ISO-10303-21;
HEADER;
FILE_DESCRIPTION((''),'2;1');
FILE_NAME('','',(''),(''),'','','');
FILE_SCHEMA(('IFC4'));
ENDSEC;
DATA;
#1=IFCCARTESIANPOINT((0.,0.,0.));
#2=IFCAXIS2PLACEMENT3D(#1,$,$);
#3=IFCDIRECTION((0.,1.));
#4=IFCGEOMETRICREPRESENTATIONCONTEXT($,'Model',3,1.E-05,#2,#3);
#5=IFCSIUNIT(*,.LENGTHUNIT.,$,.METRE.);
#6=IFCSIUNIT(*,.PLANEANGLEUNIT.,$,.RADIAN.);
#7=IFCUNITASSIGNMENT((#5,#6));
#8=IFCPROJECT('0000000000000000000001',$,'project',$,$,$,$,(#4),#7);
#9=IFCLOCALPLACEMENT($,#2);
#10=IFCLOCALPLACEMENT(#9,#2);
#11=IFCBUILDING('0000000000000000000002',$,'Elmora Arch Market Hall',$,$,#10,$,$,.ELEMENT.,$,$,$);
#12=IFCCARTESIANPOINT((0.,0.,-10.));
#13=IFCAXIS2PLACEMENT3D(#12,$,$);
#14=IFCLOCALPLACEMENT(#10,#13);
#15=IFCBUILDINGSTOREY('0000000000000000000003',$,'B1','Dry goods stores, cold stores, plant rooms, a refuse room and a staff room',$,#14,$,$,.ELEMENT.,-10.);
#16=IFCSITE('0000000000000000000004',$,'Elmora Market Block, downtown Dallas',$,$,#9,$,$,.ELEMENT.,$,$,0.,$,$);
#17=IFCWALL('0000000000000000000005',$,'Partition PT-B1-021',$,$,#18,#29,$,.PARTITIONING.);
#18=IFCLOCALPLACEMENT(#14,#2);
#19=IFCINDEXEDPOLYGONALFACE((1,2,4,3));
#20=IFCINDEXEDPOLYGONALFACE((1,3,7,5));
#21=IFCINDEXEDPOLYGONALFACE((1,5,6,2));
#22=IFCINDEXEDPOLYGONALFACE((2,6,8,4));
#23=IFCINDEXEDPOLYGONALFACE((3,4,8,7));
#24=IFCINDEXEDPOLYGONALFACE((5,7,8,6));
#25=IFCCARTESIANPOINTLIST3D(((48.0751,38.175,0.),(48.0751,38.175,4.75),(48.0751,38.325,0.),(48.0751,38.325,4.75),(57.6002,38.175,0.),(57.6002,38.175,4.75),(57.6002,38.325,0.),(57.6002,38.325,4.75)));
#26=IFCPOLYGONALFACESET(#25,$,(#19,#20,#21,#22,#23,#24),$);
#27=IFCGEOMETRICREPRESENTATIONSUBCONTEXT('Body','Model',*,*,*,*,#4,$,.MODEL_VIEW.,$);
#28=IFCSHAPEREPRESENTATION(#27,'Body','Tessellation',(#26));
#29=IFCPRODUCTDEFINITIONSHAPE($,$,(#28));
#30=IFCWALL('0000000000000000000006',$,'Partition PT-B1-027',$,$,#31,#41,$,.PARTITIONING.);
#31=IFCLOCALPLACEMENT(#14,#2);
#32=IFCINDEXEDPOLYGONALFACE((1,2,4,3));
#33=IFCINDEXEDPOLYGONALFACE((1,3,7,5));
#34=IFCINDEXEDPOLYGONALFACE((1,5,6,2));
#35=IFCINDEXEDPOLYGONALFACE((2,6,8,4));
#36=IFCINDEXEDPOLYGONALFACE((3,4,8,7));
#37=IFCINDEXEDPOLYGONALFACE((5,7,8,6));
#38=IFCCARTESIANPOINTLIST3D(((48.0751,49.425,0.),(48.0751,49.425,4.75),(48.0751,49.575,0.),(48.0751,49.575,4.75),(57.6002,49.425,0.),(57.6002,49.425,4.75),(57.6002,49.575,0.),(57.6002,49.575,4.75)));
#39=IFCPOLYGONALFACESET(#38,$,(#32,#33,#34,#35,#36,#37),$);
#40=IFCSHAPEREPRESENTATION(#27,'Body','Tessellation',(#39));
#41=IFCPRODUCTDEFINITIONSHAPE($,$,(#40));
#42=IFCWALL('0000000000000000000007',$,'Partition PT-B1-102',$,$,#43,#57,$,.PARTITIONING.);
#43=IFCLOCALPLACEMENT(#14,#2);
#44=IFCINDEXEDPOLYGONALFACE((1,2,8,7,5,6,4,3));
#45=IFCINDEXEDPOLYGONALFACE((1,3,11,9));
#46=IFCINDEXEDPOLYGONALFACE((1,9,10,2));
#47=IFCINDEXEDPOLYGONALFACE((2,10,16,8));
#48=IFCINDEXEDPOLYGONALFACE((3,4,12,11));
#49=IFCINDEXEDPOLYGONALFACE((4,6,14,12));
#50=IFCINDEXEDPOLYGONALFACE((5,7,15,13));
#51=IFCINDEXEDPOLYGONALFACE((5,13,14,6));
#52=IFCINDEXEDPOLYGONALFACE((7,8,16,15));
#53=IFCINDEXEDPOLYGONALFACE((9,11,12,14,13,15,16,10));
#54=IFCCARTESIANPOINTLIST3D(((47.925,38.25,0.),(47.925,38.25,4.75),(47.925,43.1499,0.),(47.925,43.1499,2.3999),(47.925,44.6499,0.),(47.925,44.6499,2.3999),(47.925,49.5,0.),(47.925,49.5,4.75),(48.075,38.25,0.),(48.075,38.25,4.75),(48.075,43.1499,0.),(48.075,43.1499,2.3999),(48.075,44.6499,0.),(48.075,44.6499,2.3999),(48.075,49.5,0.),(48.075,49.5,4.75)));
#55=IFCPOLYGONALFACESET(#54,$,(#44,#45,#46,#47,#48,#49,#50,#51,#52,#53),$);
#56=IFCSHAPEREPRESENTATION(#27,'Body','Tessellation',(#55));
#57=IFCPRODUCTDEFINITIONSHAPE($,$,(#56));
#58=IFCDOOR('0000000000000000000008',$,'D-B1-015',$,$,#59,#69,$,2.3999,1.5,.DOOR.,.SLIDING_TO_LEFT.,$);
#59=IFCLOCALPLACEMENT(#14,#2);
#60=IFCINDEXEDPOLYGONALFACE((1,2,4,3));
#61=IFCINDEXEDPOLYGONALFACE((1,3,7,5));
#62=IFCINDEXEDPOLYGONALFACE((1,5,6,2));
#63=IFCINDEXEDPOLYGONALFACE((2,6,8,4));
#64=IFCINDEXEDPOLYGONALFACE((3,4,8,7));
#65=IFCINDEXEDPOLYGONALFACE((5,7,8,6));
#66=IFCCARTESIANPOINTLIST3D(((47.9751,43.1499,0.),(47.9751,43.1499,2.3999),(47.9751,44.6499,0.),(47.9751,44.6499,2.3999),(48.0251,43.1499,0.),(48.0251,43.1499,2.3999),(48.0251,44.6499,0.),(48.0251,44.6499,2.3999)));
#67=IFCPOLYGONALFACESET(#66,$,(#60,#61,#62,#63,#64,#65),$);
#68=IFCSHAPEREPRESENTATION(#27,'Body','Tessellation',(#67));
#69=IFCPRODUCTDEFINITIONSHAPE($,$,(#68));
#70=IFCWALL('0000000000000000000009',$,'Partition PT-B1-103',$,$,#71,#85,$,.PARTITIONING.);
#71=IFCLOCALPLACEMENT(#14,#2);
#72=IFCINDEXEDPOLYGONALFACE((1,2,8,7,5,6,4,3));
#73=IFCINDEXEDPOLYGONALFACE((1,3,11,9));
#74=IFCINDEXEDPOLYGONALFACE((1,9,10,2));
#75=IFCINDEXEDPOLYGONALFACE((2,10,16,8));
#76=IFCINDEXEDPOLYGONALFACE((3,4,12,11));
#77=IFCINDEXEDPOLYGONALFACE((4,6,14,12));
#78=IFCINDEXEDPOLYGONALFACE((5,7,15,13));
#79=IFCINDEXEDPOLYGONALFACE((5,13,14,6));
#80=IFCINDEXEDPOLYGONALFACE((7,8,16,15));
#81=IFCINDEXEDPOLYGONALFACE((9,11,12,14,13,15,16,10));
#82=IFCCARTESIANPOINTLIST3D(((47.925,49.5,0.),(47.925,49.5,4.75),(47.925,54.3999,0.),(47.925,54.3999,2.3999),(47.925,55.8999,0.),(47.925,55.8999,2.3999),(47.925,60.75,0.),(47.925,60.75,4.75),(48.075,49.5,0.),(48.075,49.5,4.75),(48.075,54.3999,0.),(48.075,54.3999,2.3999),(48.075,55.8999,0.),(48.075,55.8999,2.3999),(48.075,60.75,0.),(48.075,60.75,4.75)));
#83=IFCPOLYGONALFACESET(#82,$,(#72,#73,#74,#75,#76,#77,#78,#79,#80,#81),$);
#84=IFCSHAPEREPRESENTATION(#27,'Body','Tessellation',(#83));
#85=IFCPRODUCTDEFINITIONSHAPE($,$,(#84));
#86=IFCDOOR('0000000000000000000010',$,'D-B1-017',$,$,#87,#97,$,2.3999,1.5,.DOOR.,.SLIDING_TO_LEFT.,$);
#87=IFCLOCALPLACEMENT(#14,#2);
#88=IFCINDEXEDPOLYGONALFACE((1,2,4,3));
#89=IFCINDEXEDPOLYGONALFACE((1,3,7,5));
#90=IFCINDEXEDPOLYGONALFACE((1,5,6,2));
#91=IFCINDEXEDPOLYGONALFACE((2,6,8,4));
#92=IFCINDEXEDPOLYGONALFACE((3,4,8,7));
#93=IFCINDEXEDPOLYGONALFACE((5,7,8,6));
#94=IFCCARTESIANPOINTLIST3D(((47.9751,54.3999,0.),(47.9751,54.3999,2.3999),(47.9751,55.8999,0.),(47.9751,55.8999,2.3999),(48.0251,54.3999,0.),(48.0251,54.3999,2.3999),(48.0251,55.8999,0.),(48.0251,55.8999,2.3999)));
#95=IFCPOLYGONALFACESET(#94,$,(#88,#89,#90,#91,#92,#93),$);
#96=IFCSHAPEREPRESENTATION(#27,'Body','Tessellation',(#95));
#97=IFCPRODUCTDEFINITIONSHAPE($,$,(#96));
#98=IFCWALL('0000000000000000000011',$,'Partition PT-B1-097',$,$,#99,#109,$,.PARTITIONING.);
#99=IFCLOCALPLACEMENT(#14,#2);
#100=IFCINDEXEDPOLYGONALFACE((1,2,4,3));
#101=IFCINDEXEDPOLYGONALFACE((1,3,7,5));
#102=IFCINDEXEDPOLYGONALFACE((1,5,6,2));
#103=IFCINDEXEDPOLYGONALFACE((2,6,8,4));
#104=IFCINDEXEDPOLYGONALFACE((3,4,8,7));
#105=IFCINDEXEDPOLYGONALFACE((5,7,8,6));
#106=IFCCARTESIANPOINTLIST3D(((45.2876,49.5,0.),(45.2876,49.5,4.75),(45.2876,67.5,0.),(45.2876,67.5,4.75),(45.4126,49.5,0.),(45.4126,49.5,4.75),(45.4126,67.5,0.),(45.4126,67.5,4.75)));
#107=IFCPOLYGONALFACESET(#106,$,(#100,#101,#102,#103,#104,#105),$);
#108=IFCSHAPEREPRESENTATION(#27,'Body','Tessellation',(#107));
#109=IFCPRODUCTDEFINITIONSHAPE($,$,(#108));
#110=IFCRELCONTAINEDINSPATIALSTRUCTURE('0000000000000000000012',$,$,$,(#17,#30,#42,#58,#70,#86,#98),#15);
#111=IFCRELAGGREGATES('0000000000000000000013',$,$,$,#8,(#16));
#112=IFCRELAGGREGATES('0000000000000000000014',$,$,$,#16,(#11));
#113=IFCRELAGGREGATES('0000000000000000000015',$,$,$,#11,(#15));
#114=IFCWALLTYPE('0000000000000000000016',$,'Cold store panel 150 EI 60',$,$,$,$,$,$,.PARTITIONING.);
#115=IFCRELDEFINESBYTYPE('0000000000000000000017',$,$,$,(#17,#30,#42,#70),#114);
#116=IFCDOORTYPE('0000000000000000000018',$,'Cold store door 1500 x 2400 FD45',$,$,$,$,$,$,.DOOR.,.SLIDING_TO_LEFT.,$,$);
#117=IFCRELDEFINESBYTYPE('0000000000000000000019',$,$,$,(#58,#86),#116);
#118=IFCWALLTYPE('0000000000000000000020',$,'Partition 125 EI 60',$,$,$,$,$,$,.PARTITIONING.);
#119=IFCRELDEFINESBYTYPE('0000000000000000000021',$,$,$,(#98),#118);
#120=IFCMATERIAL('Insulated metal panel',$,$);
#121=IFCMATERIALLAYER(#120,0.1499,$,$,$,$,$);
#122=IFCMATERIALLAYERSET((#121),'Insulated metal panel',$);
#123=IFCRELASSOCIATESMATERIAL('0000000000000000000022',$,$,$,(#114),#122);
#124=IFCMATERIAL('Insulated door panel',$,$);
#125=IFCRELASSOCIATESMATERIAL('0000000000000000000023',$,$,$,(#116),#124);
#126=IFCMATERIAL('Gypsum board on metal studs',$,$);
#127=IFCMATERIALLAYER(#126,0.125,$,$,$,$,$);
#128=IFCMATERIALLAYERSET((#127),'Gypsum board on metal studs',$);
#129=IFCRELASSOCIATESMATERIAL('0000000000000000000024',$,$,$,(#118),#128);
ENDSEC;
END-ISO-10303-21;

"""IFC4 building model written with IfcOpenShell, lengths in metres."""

from ifc_helpers import new_model, si_unit, direction, frame, frame_2d, origin, place, context, subcontext, project, spatial, rectangle, extrude, material, layer, layer_set, type_object, element, fill, save


model = new_model("IFC4")

# Units and contexts
model_context = context("Model", 3, precision=1e-05, world=origin(), true_north=direction((0.0, 1.0)))
body_context = subcontext(model_context, "Body", "Model", "MODEL_VIEW")
ifc_project = project(units=[si_unit("LENGTHUNIT", "METRE"), si_unit("PLANEANGLEUNIT", "RADIAN")], contexts=[model_context])

# Site, building, storey
site_placement = place(None, origin())
site = spatial("IfcSite", under=ifc_project, at=site_placement, Name="Elmora Market Block, downtown Dallas", CompositionType="ELEMENT", RefElevation=0.0)
building_placement = place(site_placement, origin())
building = spatial("IfcBuilding", under=site, at=building_placement, Name="Elmora Arch Market Hall", CompositionType="ELEMENT")
storey_placement = place(building_placement, frame((0.0, 0.0, -10.0)))
storey = spatial("IfcBuildingStorey", under=building, at=storey_placement, Name="B1", Description="Dry goods stores, cold stores, plant rooms, a refuse room and a staff room", CompositionType="ELEMENT", Elevation=-10.0)

# Walls
ifc_material_1 = material(Name="Insulated metal panel")
ifc_layer_1 = layer(ifc_material_1, 0.1499)
ifc_layer_set_1 = layer_set([ifc_layer_1], Name="Insulated metal panel")
wall_type_1 = type_object("IfcWallType", Name="Cold store panel 150 EI 60", PredefinedType="PARTITIONING", material=ifc_layer_set_1)
for number, where, z_axis, x_axis, name in (
    (1, (48.075, 38.25, 0.0), (0.0, 0.0, 1.0), (1.0, 0.0, 0.0), "Partition PT-B1-021"),
    (2, (48.075, 49.5, 0.0), (0.0, 0.0, 1.0), (1.0, 0.0, 0.0), "Partition PT-B1-027"),
):
    element("IfcWall", number, at=place(storey_placement, frame(where, z_axis=z_axis, x_axis=x_axis)), inside=storey, type_object=wall_type_1, Name=name, PredefinedType="PARTITIONING", context=body_context, shape_type="SweptSolid", body=[
        extrude(rectangle(XDim=9.5251, YDim=0.1499, at=frame_2d((4.7627, 0.0))), origin(), (0.0, 0.0, 1.0), 4.75),
    ])

# Walls, openings, doors
wall_1_placement = place(storey_placement, frame((48.0, 38.25, 0.0), z_axis=(0.0, 0.0, 1.0), x_axis=(0.0, 1.0, 0.0)))
wall_1 = element("IfcWall", 3, at=wall_1_placement, inside=storey, type_object=wall_type_1, Name="Partition PT-B1-102", PredefinedType="PARTITIONING", context=body_context, shape_type="SweptSolid", body=[
    extrude(rectangle(XDim=11.25, YDim=0.1499, at=frame_2d((5.625, 0.0))), origin(), (0.0, 0.0, 1.0), 4.75),
])
opening_1_placement = place(wall_1_placement, frame((4.8999, 0.0, 0.0)))
opening_1 = element("IfcOpeningElement", 4, at=opening_1_placement, cuts=wall_1, PredefinedType="OPENING", context=body_context, shape_type="SweptSolid", body=[
    extrude(rectangle(XDim=1.5, YDim=2.3999, at=frame_2d((0.75, 1.2))), frame((0.0, 0.085, 0.0), z_axis=(0.0, -1.0, 0.0), x_axis=(1.0, 0.0, 0.0)), (0.0, 0.0, 1.0), 0.1699),
])
ifc_material_2 = material(Name="Insulated door panel")
door_type = type_object("IfcDoorType", Name="Cold store door 1500 x 2400 FD45", OperationType="SLIDING_TO_LEFT", PredefinedType="DOOR", material=ifc_material_2)
door_1_placement = place(opening_1_placement, origin())
door_1 = element("IfcDoor", 5, at=door_1_placement, inside=storey, type_object=door_type, Name="D-B1-015", OperationType="SLIDING_TO_LEFT", OverallHeight=2.3999, OverallWidth=1.5, PredefinedType="DOOR", context=body_context, shape_type="SweptSolid", body=[
    extrude(rectangle(XDim=1.5, YDim=2.3999, at=frame_2d((0.75, 1.2))), frame((0.0, 0.0249, 0.0), z_axis=(0.0, -1.0, 0.0), x_axis=(1.0, 0.0, 0.0)), (0.0, 0.0, 1.0), 0.05),
])
fill(opening_1, door_1)
wall_2_placement = place(storey_placement, frame((48.0, 49.5, 0.0), z_axis=(0.0, 0.0, 1.0), x_axis=(0.0, 1.0, 0.0)))
wall_2 = element("IfcWall", 6, at=wall_2_placement, inside=storey, type_object=wall_type_1, Name="Partition PT-B1-103", PredefinedType="PARTITIONING", context=body_context, shape_type="SweptSolid", body=[
    extrude(rectangle(XDim=11.25, YDim=0.1499, at=frame_2d((5.625, 0.0))), origin(), (0.0, 0.0, 1.0), 4.75),
])
opening_2_placement = place(wall_2_placement, frame((4.8999, 0.0, 0.0)))
opening_2 = element("IfcOpeningElement", 7, at=opening_2_placement, cuts=wall_2, PredefinedType="OPENING", context=body_context, shape_type="SweptSolid", body=[
    extrude(rectangle(XDim=1.5, YDim=2.3999, at=frame_2d((0.75, 1.2))), frame((0.0, 0.085, 0.0), z_axis=(0.0, -1.0, 0.0), x_axis=(1.0, 0.0, 0.0)), (0.0, 0.0, 1.0), 0.1699),
])
door_2_placement = place(opening_2_placement, origin())
door_2 = element("IfcDoor", 8, at=door_2_placement, inside=storey, type_object=door_type, Name="D-B1-017", OperationType="SLIDING_TO_LEFT", OverallHeight=2.3999, OverallWidth=1.5, PredefinedType="DOOR", context=body_context, shape_type="SweptSolid", body=[
    extrude(rectangle(XDim=1.5, YDim=2.3999, at=frame_2d((0.75, 1.2))), frame((0.0, 0.0249, 0.0), z_axis=(0.0, -1.0, 0.0), x_axis=(1.0, 0.0, 0.0)), (0.0, 0.0, 1.0), 0.05),
])
fill(opening_2, door_2)

# Wall
ifc_material_3 = material(Name="Gypsum board on metal studs")
ifc_layer_2 = layer(ifc_material_3, 0.125)
ifc_layer_set_2 = layer_set([ifc_layer_2], Name="Gypsum board on metal studs")
wall_type_2 = type_object("IfcWallType", Name="Partition 125 EI 60", PredefinedType="PARTITIONING", material=ifc_layer_set_2)
wall_3_placement = place(storey_placement, frame((45.3501, 49.5, 0.0), z_axis=(0.0, 0.0, 1.0), x_axis=(0.0, 1.0, 0.0)))
element("IfcWall", 9, at=wall_3_placement, inside=storey, type_object=wall_type_2, Name="Partition PT-B1-097", PredefinedType="PARTITIONING", context=body_context, shape_type="SweptSolid", body=[
    extrude(rectangle(XDim=18.0, YDim=0.125, at=frame_2d((9.0, 0.0))), origin(), (0.0, 0.0, 1.0), 4.75),
])

save(model, "model.ifc")
